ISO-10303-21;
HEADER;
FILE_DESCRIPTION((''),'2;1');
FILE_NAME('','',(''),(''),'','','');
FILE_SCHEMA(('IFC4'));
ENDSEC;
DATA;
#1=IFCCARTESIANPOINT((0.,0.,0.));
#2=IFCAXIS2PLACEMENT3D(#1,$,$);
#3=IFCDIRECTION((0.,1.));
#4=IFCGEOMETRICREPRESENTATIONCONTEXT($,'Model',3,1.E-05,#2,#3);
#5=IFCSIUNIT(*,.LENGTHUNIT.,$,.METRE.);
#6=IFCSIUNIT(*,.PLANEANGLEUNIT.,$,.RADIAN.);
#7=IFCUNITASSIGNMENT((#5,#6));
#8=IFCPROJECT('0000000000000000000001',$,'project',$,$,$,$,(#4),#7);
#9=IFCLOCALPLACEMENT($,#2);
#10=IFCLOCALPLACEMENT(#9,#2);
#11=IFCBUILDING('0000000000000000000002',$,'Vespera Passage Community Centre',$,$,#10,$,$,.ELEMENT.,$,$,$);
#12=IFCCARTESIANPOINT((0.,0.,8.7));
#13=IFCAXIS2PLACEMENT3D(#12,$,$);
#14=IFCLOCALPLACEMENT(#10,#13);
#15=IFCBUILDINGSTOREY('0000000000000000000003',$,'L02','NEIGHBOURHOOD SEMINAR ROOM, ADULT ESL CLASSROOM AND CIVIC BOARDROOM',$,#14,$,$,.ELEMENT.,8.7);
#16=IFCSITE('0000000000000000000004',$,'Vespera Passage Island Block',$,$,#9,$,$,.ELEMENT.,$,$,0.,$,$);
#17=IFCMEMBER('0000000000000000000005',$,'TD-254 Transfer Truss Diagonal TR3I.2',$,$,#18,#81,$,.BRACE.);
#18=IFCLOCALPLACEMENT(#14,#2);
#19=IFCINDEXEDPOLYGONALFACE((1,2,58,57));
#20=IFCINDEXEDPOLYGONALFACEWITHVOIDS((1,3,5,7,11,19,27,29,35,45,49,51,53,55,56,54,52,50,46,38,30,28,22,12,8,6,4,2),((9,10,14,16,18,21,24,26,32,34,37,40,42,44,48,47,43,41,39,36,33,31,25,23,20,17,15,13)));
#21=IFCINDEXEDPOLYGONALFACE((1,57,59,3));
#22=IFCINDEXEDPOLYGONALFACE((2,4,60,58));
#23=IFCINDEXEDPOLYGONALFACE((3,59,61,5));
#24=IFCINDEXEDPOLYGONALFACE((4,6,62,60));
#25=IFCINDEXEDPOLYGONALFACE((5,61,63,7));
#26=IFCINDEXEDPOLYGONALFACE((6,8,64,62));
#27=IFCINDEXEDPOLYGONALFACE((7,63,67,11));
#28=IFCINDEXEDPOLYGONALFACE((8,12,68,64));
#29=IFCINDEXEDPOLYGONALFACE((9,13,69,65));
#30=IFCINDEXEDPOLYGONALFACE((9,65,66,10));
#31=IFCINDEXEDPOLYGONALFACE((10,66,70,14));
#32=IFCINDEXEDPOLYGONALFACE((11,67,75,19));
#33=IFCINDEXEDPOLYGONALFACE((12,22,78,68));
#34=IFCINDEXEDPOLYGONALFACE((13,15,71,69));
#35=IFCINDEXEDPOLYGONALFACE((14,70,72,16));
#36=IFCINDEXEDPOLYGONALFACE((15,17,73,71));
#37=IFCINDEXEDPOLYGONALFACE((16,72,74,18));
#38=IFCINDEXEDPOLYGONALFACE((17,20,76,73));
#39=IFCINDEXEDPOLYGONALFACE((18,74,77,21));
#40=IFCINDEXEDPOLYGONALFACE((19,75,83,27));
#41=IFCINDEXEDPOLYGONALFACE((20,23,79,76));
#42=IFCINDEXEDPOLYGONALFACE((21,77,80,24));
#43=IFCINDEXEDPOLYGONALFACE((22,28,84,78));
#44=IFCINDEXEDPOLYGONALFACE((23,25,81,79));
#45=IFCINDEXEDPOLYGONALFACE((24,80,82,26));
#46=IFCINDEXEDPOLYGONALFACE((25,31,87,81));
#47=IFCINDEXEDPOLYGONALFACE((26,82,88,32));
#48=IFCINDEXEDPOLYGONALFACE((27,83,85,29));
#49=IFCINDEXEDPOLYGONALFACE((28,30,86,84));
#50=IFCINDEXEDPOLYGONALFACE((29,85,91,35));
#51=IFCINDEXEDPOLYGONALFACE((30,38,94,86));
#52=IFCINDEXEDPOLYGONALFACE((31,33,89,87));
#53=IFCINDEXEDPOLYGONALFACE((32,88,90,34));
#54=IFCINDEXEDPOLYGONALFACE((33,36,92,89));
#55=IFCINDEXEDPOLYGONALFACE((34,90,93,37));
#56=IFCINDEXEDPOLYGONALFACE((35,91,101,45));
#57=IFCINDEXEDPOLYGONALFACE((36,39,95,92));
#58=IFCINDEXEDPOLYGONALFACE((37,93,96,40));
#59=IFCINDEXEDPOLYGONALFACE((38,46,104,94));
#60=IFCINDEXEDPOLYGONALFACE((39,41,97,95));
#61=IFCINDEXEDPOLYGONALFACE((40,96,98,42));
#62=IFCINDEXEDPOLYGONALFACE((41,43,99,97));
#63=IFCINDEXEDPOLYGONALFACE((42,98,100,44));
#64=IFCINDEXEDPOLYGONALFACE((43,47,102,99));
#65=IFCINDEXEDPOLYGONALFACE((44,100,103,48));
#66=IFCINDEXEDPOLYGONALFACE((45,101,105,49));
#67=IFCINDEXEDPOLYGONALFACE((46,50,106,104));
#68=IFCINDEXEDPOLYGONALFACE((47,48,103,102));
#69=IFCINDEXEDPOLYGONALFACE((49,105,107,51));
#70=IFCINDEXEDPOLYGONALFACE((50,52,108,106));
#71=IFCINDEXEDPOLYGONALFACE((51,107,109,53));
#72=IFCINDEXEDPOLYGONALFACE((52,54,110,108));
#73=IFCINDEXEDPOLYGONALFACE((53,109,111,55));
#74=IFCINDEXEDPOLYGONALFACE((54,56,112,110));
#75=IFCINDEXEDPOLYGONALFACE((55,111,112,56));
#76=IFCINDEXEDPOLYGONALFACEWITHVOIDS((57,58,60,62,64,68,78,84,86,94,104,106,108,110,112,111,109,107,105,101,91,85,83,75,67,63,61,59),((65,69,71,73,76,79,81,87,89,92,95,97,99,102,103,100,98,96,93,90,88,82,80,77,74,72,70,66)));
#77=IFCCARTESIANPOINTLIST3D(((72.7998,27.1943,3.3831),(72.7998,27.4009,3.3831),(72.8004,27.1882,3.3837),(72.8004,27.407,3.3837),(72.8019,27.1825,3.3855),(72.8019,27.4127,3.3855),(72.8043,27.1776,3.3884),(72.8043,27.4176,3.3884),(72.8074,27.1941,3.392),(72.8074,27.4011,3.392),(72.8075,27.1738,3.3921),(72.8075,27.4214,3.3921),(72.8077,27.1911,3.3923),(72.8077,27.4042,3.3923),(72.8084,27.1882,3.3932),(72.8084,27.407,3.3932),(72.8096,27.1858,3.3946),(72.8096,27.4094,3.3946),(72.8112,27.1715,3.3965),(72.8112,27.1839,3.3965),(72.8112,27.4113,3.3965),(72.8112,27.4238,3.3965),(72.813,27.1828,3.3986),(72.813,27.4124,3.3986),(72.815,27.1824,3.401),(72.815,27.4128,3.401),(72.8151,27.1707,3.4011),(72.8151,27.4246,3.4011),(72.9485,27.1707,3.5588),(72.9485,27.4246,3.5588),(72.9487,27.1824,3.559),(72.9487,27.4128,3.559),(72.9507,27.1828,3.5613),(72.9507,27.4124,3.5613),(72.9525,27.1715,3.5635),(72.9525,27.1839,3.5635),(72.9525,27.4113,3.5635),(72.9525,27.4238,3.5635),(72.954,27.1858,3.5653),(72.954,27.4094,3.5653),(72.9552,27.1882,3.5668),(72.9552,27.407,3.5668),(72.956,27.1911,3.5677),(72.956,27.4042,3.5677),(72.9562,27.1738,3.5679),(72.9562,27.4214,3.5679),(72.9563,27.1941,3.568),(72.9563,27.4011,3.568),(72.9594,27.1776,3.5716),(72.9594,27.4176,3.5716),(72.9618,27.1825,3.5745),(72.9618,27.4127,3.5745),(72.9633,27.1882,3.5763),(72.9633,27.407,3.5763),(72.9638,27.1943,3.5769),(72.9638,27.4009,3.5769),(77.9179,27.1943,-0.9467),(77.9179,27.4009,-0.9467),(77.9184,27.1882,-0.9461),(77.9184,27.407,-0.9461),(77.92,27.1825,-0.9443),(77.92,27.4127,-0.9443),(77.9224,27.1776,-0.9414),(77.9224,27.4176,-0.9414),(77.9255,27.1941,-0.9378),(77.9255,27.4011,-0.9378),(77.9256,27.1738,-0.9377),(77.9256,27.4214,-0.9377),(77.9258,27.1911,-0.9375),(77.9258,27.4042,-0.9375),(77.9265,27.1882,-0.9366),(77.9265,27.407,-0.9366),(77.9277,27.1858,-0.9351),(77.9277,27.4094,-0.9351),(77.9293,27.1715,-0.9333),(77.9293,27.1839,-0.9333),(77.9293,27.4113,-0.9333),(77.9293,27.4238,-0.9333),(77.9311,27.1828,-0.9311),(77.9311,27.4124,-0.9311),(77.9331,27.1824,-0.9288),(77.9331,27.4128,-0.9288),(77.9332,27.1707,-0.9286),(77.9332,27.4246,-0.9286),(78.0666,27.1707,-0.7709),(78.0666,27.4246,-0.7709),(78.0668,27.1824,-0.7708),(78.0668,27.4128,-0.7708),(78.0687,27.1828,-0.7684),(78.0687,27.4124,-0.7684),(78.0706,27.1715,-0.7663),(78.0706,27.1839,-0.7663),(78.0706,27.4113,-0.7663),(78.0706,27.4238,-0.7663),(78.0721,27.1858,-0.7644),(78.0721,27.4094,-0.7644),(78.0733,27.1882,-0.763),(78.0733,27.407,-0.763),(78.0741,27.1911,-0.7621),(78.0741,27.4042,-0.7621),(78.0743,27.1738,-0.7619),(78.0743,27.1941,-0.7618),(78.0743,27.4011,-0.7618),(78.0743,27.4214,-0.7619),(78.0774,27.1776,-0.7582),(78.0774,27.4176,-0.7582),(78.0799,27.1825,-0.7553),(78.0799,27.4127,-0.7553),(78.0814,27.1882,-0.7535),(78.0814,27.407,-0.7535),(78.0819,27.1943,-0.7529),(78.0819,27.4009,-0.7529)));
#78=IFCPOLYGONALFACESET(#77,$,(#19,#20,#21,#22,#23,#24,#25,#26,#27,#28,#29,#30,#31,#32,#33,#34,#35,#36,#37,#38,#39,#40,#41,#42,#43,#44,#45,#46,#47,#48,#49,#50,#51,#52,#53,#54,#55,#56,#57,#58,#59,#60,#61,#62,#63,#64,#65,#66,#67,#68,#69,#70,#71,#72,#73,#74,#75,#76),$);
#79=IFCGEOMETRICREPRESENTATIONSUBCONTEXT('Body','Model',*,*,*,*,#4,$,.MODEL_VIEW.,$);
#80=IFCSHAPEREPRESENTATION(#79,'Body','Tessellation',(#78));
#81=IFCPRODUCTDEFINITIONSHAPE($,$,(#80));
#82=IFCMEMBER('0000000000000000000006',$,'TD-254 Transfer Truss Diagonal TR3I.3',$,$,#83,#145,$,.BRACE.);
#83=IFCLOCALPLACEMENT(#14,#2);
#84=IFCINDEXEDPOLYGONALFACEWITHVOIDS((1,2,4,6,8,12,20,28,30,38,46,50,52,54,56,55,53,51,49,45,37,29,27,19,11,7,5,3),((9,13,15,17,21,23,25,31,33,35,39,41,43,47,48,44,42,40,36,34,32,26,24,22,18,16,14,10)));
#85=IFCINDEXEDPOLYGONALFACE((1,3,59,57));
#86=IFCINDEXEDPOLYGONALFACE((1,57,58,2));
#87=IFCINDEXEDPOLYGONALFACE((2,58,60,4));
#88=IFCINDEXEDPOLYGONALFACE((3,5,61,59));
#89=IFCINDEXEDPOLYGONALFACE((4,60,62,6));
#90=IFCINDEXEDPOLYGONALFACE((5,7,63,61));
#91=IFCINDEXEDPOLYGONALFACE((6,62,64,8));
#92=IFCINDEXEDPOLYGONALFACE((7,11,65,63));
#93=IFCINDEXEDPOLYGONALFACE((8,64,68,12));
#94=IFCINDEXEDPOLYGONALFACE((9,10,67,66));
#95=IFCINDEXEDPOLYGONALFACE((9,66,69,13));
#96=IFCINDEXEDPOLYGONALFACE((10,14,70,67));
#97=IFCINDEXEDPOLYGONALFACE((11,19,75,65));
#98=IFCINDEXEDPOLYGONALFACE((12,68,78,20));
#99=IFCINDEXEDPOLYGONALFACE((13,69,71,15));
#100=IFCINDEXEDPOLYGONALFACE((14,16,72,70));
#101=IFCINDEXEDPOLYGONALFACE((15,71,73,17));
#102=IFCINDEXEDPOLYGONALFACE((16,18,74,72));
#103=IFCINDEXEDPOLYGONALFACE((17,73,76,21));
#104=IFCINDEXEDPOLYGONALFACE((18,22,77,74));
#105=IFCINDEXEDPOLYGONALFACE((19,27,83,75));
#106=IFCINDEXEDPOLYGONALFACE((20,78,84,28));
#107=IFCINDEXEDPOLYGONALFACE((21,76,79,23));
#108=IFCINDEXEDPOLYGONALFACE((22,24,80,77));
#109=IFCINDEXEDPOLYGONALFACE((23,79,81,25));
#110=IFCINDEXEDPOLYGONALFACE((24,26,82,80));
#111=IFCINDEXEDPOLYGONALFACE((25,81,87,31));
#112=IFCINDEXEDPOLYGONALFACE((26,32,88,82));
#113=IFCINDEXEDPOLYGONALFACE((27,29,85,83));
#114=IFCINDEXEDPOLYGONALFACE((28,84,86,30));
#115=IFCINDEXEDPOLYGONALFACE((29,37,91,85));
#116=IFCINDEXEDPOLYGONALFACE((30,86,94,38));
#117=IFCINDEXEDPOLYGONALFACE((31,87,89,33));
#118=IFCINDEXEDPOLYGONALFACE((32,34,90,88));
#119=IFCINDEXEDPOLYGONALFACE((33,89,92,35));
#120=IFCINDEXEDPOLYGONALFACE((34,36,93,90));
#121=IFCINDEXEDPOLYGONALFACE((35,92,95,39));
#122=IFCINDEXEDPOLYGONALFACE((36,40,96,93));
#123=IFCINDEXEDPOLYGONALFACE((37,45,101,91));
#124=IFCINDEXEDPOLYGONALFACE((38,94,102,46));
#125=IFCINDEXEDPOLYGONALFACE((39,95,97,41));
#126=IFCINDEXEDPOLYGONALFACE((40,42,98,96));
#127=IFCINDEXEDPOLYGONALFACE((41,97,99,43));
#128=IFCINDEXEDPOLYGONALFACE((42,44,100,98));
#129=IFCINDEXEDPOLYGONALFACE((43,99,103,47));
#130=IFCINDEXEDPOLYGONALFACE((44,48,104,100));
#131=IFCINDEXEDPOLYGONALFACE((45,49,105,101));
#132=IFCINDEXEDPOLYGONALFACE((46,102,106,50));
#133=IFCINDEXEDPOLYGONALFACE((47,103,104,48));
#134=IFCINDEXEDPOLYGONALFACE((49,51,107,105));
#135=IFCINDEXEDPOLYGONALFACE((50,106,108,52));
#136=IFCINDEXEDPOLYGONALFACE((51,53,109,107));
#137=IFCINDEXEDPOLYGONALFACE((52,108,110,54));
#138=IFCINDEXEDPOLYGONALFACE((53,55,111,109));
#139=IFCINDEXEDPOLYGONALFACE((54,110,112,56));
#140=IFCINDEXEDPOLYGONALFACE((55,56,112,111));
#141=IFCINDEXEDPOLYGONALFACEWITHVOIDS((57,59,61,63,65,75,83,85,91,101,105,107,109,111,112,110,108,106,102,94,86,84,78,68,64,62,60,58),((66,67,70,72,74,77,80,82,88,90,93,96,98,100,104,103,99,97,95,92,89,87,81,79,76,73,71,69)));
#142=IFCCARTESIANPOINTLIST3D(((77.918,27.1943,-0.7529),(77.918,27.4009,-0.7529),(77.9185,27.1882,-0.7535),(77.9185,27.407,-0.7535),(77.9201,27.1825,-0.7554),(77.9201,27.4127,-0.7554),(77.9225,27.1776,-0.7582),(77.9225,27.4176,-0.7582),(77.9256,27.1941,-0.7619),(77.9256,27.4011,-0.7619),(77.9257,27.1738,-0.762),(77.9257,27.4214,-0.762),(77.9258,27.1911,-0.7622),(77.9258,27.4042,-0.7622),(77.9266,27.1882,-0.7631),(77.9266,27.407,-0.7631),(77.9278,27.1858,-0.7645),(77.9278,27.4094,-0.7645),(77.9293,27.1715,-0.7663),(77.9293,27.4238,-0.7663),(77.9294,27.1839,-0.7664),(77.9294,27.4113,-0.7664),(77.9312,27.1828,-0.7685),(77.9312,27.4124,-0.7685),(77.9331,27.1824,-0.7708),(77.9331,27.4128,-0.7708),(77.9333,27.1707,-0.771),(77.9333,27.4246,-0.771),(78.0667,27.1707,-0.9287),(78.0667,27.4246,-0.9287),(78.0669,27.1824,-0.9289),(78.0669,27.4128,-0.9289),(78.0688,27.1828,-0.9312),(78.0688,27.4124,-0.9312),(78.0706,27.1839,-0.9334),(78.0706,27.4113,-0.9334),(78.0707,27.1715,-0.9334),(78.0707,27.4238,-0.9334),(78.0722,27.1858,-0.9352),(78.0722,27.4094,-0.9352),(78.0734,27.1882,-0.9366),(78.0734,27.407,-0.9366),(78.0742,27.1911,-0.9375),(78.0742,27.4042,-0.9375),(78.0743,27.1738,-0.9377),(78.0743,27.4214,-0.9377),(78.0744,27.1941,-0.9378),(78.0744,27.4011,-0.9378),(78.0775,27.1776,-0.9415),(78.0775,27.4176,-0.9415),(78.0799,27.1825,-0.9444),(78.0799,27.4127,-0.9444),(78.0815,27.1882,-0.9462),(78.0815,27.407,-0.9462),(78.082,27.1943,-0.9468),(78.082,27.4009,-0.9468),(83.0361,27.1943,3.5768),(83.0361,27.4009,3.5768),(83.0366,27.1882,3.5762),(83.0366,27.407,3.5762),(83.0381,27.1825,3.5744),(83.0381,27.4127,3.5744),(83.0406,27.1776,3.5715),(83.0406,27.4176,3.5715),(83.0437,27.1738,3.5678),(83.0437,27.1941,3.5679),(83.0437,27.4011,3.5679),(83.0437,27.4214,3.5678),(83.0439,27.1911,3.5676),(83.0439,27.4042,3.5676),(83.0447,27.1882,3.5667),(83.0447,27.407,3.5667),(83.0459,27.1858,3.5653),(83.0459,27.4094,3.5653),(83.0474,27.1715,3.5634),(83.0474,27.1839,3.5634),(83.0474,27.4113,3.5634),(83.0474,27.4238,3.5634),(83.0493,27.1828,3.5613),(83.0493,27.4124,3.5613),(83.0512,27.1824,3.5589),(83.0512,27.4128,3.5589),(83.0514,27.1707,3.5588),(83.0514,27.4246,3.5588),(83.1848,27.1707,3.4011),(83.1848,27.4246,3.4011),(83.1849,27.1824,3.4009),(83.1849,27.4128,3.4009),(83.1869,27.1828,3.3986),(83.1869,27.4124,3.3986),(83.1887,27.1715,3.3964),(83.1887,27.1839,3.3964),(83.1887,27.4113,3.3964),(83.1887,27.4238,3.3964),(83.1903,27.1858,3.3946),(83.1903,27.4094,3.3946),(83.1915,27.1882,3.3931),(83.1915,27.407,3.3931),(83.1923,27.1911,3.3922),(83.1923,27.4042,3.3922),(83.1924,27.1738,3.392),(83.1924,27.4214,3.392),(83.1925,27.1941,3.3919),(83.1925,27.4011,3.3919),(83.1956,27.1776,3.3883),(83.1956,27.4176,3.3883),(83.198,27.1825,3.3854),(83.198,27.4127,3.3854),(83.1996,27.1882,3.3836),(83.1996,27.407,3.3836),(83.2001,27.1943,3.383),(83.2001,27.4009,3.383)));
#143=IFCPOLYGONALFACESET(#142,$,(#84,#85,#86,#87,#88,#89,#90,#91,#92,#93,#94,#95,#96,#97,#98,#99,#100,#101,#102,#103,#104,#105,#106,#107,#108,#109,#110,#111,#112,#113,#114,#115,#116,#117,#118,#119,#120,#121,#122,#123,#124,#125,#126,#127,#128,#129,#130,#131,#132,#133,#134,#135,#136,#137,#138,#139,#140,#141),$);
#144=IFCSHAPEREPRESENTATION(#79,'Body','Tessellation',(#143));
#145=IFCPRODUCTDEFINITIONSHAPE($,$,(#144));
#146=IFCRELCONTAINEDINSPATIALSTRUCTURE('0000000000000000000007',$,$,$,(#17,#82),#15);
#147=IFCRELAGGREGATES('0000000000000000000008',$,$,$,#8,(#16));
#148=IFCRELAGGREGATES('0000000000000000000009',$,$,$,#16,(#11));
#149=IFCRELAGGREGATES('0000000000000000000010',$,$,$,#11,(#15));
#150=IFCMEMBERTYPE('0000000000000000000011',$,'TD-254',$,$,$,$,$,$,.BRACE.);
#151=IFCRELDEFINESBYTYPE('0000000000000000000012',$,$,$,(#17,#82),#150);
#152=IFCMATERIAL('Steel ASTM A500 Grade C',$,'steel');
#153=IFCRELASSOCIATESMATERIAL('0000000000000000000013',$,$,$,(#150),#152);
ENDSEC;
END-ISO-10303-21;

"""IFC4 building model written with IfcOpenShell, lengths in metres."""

from ifc_helpers import new_model, si_unit, direction, frame, origin, origin_2d, place, context, subcontext, project, spatial, hollow_rectangle, extrude, material, material_profile, profile_set, type_object, element, save


model = new_model("IFC4")

# Units and contexts
model_context = context("Model", 3, precision=1e-05, world=origin(), true_north=direction((0.0, 1.0)))
body_context = subcontext(model_context, "Body", "Model", "MODEL_VIEW")
ifc_project = project(units=[si_unit("LENGTHUNIT", "METRE"), si_unit("PLANEANGLEUNIT", "RADIAN")], contexts=[model_context])

# Site, building, storey
site_placement = place(None, origin())
site = spatial("IfcSite", under=ifc_project, at=site_placement, Name="Vespera Passage Island Block", CompositionType="ELEMENT", RefElevation=0.0)
building_placement = place(site_placement, origin())
building = spatial("IfcBuilding", under=site, at=building_placement, Name="Vespera Passage Community Centre", CompositionType="ELEMENT")
storey_placement = place(building_placement, frame((0.0, 0.0, 8.7)))
storey = spatial("IfcBuildingStorey", under=building, at=storey_placement, Name="L02", Description="NEIGHBOURHOOD SEMINAR ROOM, ADULT ESL CLASSROOM AND CIVIC BOARDROOM", CompositionType="ELEMENT", Elevation=8.7)

# Members
ifc_material_1 = material(Name="Steel ASTM A500 Grade C", Category="steel")
ifc_material_profile_1 = material_profile(ifc_material_1, hollow_rectangle(XDim=0.2539, YDim=0.2539, WallThickness=0.0117, InnerFilletRadius=0.0117, OuterFilletRadius=0.0237, at=origin_2d()), Name="HSS254X254X12.7")
ifc_profile_set_1 = profile_set([ifc_material_profile_1], Name="Steel ASTM A500 Grade C")
member_type_1 = type_object("IfcMemberType", Name="TD-254", PredefinedType="BRACE", material=ifc_profile_set_1)
for number, where, z_axis, x_axis, name in (
    (1, (72.8818, 27.2976, 3.48), (0.763454, 0.0, -0.645862), (0.0, 1.0, 0.0), "TD-254 Transfer Truss Diagonal TR3I.2"),
    (2, (78.0, 27.2976, -0.8499), (0.763454, 0.0, 0.645862), (0.0, 1.0, 0.0), "TD-254 Transfer Truss Diagonal TR3I.3"),
):
    element("IfcMember", number, at=place(storey_placement, frame(where, z_axis=z_axis, x_axis=x_axis)), inside=storey, type_object=member_type_1, Name=name, PredefinedType="BRACE", context=body_context, shape_type="SweptSolid", body=[
        extrude(hollow_rectangle(XDim=0.2539, YDim=0.2539, WallThickness=0.0117, InnerFilletRadius=0.0117, OuterFilletRadius=0.0237, at=origin_2d()), origin(), (0.0, 0.0, 1.0), 6.7039),
    ])

save(model, "model.ifc")
